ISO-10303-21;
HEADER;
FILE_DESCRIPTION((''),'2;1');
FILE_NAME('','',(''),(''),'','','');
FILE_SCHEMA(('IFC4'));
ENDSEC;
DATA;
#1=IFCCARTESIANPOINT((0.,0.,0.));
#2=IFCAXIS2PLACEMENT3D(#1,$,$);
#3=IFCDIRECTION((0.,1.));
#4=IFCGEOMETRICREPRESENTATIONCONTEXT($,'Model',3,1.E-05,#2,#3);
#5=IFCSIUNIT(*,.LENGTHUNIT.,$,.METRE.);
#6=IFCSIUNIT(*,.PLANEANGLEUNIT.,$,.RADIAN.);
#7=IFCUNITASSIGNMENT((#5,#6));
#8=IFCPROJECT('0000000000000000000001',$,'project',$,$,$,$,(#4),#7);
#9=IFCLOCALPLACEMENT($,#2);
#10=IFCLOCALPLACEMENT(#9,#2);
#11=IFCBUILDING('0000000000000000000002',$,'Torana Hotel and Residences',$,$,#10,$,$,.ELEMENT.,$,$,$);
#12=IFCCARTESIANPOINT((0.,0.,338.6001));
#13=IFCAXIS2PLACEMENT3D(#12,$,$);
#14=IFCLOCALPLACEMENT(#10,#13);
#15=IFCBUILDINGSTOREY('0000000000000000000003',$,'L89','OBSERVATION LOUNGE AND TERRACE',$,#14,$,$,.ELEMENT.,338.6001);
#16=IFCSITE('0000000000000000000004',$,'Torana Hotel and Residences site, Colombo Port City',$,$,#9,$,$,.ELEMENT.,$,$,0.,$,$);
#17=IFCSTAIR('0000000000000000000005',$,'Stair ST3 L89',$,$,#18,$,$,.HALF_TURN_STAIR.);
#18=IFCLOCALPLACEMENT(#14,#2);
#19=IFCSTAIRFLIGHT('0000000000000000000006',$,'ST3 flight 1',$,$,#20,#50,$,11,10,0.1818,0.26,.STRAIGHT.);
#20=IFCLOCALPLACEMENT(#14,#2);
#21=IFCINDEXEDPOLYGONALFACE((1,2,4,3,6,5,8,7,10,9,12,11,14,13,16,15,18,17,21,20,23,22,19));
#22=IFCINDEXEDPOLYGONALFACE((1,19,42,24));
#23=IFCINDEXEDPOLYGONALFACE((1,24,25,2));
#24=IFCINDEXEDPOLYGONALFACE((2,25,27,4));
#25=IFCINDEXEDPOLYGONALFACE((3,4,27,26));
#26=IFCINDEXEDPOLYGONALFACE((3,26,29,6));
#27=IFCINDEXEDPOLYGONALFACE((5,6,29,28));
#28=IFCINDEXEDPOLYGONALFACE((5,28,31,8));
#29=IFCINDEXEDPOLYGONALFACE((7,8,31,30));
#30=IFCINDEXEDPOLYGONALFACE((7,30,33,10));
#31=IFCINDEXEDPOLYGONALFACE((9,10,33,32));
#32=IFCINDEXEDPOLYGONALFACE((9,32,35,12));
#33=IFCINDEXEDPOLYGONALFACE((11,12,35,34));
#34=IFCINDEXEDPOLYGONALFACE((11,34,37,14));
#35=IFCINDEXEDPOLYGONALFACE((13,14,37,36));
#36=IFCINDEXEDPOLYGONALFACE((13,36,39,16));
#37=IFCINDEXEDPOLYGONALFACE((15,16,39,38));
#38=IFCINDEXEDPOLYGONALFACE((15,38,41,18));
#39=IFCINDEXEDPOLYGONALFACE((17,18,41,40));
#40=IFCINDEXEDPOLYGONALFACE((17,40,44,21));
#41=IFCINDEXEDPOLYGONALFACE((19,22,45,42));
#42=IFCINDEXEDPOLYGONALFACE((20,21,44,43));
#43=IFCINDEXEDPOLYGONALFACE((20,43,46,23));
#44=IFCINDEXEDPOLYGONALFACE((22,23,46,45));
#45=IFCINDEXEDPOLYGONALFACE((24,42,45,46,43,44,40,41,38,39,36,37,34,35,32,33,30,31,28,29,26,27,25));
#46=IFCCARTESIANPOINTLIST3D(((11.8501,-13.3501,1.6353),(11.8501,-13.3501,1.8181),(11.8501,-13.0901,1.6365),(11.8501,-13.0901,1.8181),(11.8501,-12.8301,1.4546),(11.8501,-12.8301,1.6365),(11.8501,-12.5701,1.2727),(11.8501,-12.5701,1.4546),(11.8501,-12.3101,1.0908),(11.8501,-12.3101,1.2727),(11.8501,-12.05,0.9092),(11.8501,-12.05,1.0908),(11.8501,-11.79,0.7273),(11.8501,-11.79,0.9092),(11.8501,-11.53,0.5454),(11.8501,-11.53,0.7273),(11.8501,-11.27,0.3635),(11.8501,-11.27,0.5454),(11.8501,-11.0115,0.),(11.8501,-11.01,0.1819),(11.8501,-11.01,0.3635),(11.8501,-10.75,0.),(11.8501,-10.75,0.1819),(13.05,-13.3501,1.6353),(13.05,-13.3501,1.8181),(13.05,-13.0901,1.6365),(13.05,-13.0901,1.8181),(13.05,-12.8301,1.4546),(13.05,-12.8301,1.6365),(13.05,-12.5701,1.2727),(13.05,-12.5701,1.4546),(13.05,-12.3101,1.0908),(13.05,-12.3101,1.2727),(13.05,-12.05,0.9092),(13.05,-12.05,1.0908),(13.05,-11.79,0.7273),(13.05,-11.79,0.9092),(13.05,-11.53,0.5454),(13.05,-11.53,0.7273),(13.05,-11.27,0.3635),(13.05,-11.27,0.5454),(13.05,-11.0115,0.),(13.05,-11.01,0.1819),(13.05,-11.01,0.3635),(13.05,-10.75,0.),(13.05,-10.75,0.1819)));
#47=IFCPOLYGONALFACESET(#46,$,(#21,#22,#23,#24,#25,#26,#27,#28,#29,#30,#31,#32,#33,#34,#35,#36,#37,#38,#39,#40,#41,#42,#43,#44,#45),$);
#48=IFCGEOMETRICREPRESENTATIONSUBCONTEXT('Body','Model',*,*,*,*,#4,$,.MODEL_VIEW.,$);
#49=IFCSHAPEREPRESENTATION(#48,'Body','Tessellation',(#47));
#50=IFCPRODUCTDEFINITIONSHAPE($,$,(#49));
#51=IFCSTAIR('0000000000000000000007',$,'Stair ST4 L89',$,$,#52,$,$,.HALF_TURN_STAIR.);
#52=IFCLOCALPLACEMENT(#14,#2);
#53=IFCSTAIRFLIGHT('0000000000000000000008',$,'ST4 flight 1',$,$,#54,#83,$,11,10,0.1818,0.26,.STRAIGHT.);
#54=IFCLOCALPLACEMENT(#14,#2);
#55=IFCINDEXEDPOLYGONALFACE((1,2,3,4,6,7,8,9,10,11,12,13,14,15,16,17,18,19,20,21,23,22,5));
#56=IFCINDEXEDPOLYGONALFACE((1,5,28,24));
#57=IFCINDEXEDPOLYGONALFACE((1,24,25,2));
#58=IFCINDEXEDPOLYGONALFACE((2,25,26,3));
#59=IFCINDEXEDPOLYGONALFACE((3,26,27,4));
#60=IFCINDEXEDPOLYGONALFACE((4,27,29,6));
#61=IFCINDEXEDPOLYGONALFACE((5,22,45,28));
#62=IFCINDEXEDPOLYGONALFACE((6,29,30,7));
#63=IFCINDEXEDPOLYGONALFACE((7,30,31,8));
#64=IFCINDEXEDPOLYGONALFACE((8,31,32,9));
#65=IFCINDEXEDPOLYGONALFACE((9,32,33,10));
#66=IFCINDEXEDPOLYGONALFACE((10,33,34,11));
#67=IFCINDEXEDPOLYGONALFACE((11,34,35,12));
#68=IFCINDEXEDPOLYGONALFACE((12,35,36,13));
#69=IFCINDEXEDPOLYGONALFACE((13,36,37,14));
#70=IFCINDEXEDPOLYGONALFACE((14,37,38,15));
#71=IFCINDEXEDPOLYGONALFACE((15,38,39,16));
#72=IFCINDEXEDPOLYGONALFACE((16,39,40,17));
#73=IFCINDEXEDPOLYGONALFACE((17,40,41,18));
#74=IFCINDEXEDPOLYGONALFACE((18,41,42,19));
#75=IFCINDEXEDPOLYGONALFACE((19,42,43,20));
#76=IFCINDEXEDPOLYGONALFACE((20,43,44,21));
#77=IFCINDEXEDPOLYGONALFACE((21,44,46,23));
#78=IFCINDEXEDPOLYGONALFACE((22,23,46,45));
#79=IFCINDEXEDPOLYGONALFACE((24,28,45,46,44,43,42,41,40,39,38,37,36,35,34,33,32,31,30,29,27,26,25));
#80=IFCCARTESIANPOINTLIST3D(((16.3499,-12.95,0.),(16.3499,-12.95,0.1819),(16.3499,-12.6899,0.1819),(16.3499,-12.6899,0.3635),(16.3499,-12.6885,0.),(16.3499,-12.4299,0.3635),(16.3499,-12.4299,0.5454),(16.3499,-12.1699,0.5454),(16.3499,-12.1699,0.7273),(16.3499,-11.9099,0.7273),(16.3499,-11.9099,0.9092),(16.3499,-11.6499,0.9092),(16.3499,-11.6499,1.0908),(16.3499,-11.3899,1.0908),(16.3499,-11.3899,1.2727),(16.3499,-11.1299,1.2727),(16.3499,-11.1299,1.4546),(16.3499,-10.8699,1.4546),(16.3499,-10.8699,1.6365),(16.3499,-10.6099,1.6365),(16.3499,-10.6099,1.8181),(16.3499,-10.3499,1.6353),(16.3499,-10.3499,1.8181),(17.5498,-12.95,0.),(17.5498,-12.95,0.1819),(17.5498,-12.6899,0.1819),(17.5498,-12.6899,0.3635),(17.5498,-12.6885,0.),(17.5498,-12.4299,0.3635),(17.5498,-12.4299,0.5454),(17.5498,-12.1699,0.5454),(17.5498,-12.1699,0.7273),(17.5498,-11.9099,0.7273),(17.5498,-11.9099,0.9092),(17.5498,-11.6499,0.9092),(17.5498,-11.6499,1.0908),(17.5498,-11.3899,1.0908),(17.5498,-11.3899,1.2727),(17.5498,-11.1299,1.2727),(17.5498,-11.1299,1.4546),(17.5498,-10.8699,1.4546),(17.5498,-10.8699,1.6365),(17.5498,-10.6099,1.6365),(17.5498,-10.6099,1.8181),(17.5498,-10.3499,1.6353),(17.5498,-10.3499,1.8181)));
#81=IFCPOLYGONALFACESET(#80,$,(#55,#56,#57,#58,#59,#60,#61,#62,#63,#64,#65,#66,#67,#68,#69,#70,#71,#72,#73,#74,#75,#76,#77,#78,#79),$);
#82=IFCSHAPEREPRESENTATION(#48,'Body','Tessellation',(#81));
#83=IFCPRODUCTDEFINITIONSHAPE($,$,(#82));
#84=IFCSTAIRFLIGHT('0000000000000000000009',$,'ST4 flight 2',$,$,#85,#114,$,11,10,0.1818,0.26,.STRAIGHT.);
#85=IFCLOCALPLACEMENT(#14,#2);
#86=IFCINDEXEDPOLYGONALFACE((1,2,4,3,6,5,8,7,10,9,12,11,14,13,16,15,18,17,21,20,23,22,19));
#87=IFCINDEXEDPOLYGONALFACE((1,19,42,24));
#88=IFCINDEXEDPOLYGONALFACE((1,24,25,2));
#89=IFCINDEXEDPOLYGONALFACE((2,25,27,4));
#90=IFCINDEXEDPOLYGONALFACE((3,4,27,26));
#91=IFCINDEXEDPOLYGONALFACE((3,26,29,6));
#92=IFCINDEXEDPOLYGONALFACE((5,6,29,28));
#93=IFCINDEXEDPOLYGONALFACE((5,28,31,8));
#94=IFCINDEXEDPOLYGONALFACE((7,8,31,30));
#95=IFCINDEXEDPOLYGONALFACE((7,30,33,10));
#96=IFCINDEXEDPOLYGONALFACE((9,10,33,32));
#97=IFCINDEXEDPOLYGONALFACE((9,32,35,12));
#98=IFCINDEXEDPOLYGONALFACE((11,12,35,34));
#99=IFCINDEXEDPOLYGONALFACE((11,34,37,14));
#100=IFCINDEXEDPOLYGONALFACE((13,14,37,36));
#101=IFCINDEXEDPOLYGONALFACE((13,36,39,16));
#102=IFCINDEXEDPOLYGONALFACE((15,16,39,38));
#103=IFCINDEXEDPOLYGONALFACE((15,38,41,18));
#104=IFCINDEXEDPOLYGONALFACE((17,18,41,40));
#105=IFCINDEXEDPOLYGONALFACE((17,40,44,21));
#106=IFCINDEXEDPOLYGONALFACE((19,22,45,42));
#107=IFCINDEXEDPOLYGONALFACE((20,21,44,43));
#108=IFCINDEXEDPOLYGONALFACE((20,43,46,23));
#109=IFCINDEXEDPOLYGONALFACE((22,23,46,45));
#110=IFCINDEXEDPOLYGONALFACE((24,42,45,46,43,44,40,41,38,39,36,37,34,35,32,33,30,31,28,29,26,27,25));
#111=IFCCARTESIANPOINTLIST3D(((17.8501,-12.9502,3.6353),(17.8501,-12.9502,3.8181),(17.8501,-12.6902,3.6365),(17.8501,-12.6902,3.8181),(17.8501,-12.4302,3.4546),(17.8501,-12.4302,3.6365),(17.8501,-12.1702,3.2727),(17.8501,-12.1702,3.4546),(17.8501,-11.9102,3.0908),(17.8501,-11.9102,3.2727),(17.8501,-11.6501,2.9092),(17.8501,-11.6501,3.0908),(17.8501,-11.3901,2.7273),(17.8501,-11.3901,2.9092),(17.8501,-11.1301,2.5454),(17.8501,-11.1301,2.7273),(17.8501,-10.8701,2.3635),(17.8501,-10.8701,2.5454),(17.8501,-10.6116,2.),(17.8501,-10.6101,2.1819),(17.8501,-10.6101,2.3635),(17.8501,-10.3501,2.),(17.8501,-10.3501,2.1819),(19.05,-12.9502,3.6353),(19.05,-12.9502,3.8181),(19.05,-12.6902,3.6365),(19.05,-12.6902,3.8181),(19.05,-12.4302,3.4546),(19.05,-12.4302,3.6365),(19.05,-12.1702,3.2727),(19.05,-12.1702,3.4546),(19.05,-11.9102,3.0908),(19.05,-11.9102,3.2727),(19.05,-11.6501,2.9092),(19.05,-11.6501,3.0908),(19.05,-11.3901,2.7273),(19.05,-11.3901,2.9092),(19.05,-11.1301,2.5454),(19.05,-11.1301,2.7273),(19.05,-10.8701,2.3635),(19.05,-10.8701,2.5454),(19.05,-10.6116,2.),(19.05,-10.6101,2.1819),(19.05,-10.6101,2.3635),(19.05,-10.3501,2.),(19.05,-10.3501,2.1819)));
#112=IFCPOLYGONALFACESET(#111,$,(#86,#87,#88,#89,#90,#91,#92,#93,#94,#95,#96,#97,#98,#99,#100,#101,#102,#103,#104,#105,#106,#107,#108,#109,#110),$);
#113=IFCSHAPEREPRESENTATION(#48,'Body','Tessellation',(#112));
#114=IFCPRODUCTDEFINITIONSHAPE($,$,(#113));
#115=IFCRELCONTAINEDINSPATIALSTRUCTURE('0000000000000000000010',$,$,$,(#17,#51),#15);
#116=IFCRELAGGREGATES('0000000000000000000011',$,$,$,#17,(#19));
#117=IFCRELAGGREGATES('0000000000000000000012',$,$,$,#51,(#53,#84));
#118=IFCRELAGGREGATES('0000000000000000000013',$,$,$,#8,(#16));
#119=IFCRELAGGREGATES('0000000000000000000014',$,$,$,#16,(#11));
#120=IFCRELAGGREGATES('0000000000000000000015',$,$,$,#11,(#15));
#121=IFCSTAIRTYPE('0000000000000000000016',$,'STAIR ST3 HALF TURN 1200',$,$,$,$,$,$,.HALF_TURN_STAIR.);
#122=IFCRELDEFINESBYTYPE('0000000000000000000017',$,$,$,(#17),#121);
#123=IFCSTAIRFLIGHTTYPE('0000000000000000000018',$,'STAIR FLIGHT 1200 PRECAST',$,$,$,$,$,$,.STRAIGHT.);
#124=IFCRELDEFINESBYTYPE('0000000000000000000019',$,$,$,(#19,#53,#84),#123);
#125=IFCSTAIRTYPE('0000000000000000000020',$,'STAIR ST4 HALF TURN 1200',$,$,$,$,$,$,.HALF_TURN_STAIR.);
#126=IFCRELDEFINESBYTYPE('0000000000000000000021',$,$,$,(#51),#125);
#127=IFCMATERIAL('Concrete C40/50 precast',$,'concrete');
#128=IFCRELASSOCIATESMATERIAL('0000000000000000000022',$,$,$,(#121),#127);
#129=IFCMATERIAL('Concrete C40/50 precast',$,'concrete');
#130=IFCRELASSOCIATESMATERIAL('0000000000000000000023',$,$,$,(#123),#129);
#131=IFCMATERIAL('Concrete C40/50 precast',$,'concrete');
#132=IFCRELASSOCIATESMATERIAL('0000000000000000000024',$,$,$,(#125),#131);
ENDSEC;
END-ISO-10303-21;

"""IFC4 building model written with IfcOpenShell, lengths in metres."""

from ifc_helpers import new_model, si_unit, direction, frame, origin, place, context, subcontext, project, spatial, polyline, outline, extrude, material, type_object, element, aggregate, save


model = new_model("IFC4")

# Units and contexts
model_context = context("Model", 3, precision=1e-05, world=origin(), true_north=direction((0.0, 1.0)))
body_context = subcontext(model_context, "Body", "Model", "MODEL_VIEW")
ifc_project = project(units=[si_unit("LENGTHUNIT", "METRE"), si_unit("PLANEANGLEUNIT", "RADIAN")], contexts=[model_context])

# Site, building, storey
site_placement = place(None, origin())
site = spatial("IfcSite", under=ifc_project, at=site_placement, Name="Torana Hotel and Residences site, Colombo Port City", CompositionType="ELEMENT", RefElevation=0.0)
building_placement = place(site_placement, origin())
building = spatial("IfcBuilding", under=site, at=building_placement, Name="Torana Hotel and Residences", CompositionType="ELEMENT")
storey_placement = place(building_placement, frame((0.0, 0.0, 338.6001)))
storey = spatial("IfcBuildingStorey", under=building, at=storey_placement, Name="L89", Description="OBSERVATION LOUNGE AND TERRACE", CompositionType="ELEMENT", Elevation=338.6001)

# Stair, stair flight
ifc_material_1 = material(Name="Concrete C40/50 precast", Category="concrete")
stair_type_1 = type_object("IfcStairType", Name="STAIR ST3 HALF TURN 1200", PredefinedType="HALF_TURN_STAIR", material=ifc_material_1)
stair_1_placement = place(storey_placement, origin())
stair_1 = element("IfcStair", 1, at=stair_1_placement, inside=storey, type_object=stair_type_1, Name="Stair ST3 L89", PredefinedType="HALF_TURN_STAIR")
ifc_material_2 = material(Name="Concrete C40/50 precast", Category="concrete")
stair_flight_type = type_object("IfcStairFlightType", Name="STAIR FLIGHT 1200 PRECAST", PredefinedType="STRAIGHT", material=ifc_material_2)
stair_flight_1_placement = place(storey_placement, frame((12.45, -10.75, 0.0), z_axis=(0.0, 0.0, 1.0), x_axis=(0.0, -1.0, 0.0)))
stair_flight_1 = element("IfcStairFlight", 2, at=stair_flight_1_placement, type_object=stair_flight_type, Name="ST3 flight 1", NumberOfRisers=11, NumberOfTreads=10, PredefinedType="STRAIGHT", RiserHeight=0.1818, TreadLength=0.26, context=body_context, shape_type="SweptSolid", body=[
    extrude(outline(polyline([(0.0, 0.0), (0.0, 0.1819), (0.26, 0.1819), (0.26, 0.3635), (0.52, 0.3635), (0.52, 0.5454), (0.78, 0.5454), (0.78, 0.7273), (1.04, 0.7273), (1.04, 0.9092), (1.3, 0.9092), (1.3, 1.0908), (1.5601, 1.0908), (1.5601, 1.2727), (1.8201, 1.2727), (1.8201, 1.4546), (2.0801, 1.4546), (2.0801, 1.6365), (2.3401, 1.6365), (2.3401, 1.8181), (2.6001, 1.8181), (2.6001, 2.0), (2.6001, 1.6353), (0.2615, 0.0), (0.0, 0.0)])), frame((0.0, 0.6001, 0.0), z_axis=(0.0, -1.0, 0.0), x_axis=(1.0, 0.0, 0.0)), (0.0, 0.0, 1.0), 1.2),
])
aggregate(stair_1, [stair_flight_1])

# Stair, stair flights
ifc_material_3 = material(Name="Concrete C40/50 precast", Category="concrete")
stair_type_2 = type_object("IfcStairType", Name="STAIR ST4 HALF TURN 1200", PredefinedType="HALF_TURN_STAIR", material=ifc_material_3)
stair_2_placement = place(storey_placement, origin())
stair_2 = element("IfcStair", 3, at=stair_2_placement, inside=storey, type_object=stair_type_2, Name="Stair ST4 L89", PredefinedType="HALF_TURN_STAIR")
stair_flight_2_placement = place(storey_placement, frame((16.95, -12.95, 0.0), z_axis=(0.0, 0.0, 1.0), x_axis=(0.0, 1.0, 0.0)))
stair_flight_2 = element("IfcStairFlight", 4, at=stair_flight_2_placement, type_object=stair_flight_type, Name="ST4 flight 1", NumberOfRisers=11, NumberOfTreads=10, PredefinedType="STRAIGHT", RiserHeight=0.1818, TreadLength=0.26, context=body_context, shape_type="SweptSolid", body=[
    extrude(outline(polyline([(0.0, 0.0), (0.0, 0.1819), (0.26, 0.1819), (0.26, 0.3635), (0.52, 0.3635), (0.52, 0.5454), (0.78, 0.5454), (0.78, 0.7273), (1.04, 0.7273), (1.04, 0.9092), (1.3, 0.9092), (1.3, 1.0908), (1.5601, 1.0908), (1.5601, 1.2727), (1.8201, 1.2727), (1.8201, 1.4546), (2.0801, 1.4546), (2.0801, 1.6365), (2.3401, 1.6365), (2.3401, 1.8181), (2.6001, 1.8181), (2.6001, 2.0), (2.6001, 1.6353), (0.2615, 0.0), (0.0, 0.0)])), frame((0.0, 0.6001, 0.0), z_axis=(0.0, -1.0, 0.0), x_axis=(1.0, 0.0, 0.0)), (0.0, 0.0, 1.0), 1.2),
])
stair_flight_3_placement = place(storey_placement, frame((18.45, -10.3501, 2.0), z_axis=(0.0, 0.0, 1.0), x_axis=(0.0, -1.0, 0.0)))
stair_flight_3 = element("IfcStairFlight", 5, at=stair_flight_3_placement, type_object=stair_flight_type, Name="ST4 flight 2", NumberOfRisers=11, NumberOfTreads=10, PredefinedType="STRAIGHT", RiserHeight=0.1818, TreadLength=0.26, context=body_context, shape_type="SweptSolid", body=[
    extrude(outline(polyline([(0.0, 0.0), (0.0, 0.1819), (0.26, 0.1819), (0.26, 0.3635), (0.52, 0.3635), (0.52, 0.5454), (0.78, 0.5454), (0.78, 0.7273), (1.04, 0.7273), (1.04, 0.9092), (1.3, 0.9092), (1.3, 1.0908), (1.5601, 1.0908), (1.5601, 1.2727), (1.8201, 1.2727), (1.8201, 1.4546), (2.0801, 1.4546), (2.0801, 1.6365), (2.3401, 1.6365), (2.3401, 1.8181), (2.6001, 1.8181), (2.6001, 2.0), (2.6001, 1.6353), (0.2615, 0.0), (0.0, 0.0)])), frame((0.0, 0.6001, 0.0), z_axis=(0.0, -1.0, 0.0), x_axis=(1.0, 0.0, 0.0)), (0.0, 0.0, 1.0), 1.2),
])
aggregate(stair_2, [stair_flight_2, stair_flight_3])

save(model, "model.ifc")
